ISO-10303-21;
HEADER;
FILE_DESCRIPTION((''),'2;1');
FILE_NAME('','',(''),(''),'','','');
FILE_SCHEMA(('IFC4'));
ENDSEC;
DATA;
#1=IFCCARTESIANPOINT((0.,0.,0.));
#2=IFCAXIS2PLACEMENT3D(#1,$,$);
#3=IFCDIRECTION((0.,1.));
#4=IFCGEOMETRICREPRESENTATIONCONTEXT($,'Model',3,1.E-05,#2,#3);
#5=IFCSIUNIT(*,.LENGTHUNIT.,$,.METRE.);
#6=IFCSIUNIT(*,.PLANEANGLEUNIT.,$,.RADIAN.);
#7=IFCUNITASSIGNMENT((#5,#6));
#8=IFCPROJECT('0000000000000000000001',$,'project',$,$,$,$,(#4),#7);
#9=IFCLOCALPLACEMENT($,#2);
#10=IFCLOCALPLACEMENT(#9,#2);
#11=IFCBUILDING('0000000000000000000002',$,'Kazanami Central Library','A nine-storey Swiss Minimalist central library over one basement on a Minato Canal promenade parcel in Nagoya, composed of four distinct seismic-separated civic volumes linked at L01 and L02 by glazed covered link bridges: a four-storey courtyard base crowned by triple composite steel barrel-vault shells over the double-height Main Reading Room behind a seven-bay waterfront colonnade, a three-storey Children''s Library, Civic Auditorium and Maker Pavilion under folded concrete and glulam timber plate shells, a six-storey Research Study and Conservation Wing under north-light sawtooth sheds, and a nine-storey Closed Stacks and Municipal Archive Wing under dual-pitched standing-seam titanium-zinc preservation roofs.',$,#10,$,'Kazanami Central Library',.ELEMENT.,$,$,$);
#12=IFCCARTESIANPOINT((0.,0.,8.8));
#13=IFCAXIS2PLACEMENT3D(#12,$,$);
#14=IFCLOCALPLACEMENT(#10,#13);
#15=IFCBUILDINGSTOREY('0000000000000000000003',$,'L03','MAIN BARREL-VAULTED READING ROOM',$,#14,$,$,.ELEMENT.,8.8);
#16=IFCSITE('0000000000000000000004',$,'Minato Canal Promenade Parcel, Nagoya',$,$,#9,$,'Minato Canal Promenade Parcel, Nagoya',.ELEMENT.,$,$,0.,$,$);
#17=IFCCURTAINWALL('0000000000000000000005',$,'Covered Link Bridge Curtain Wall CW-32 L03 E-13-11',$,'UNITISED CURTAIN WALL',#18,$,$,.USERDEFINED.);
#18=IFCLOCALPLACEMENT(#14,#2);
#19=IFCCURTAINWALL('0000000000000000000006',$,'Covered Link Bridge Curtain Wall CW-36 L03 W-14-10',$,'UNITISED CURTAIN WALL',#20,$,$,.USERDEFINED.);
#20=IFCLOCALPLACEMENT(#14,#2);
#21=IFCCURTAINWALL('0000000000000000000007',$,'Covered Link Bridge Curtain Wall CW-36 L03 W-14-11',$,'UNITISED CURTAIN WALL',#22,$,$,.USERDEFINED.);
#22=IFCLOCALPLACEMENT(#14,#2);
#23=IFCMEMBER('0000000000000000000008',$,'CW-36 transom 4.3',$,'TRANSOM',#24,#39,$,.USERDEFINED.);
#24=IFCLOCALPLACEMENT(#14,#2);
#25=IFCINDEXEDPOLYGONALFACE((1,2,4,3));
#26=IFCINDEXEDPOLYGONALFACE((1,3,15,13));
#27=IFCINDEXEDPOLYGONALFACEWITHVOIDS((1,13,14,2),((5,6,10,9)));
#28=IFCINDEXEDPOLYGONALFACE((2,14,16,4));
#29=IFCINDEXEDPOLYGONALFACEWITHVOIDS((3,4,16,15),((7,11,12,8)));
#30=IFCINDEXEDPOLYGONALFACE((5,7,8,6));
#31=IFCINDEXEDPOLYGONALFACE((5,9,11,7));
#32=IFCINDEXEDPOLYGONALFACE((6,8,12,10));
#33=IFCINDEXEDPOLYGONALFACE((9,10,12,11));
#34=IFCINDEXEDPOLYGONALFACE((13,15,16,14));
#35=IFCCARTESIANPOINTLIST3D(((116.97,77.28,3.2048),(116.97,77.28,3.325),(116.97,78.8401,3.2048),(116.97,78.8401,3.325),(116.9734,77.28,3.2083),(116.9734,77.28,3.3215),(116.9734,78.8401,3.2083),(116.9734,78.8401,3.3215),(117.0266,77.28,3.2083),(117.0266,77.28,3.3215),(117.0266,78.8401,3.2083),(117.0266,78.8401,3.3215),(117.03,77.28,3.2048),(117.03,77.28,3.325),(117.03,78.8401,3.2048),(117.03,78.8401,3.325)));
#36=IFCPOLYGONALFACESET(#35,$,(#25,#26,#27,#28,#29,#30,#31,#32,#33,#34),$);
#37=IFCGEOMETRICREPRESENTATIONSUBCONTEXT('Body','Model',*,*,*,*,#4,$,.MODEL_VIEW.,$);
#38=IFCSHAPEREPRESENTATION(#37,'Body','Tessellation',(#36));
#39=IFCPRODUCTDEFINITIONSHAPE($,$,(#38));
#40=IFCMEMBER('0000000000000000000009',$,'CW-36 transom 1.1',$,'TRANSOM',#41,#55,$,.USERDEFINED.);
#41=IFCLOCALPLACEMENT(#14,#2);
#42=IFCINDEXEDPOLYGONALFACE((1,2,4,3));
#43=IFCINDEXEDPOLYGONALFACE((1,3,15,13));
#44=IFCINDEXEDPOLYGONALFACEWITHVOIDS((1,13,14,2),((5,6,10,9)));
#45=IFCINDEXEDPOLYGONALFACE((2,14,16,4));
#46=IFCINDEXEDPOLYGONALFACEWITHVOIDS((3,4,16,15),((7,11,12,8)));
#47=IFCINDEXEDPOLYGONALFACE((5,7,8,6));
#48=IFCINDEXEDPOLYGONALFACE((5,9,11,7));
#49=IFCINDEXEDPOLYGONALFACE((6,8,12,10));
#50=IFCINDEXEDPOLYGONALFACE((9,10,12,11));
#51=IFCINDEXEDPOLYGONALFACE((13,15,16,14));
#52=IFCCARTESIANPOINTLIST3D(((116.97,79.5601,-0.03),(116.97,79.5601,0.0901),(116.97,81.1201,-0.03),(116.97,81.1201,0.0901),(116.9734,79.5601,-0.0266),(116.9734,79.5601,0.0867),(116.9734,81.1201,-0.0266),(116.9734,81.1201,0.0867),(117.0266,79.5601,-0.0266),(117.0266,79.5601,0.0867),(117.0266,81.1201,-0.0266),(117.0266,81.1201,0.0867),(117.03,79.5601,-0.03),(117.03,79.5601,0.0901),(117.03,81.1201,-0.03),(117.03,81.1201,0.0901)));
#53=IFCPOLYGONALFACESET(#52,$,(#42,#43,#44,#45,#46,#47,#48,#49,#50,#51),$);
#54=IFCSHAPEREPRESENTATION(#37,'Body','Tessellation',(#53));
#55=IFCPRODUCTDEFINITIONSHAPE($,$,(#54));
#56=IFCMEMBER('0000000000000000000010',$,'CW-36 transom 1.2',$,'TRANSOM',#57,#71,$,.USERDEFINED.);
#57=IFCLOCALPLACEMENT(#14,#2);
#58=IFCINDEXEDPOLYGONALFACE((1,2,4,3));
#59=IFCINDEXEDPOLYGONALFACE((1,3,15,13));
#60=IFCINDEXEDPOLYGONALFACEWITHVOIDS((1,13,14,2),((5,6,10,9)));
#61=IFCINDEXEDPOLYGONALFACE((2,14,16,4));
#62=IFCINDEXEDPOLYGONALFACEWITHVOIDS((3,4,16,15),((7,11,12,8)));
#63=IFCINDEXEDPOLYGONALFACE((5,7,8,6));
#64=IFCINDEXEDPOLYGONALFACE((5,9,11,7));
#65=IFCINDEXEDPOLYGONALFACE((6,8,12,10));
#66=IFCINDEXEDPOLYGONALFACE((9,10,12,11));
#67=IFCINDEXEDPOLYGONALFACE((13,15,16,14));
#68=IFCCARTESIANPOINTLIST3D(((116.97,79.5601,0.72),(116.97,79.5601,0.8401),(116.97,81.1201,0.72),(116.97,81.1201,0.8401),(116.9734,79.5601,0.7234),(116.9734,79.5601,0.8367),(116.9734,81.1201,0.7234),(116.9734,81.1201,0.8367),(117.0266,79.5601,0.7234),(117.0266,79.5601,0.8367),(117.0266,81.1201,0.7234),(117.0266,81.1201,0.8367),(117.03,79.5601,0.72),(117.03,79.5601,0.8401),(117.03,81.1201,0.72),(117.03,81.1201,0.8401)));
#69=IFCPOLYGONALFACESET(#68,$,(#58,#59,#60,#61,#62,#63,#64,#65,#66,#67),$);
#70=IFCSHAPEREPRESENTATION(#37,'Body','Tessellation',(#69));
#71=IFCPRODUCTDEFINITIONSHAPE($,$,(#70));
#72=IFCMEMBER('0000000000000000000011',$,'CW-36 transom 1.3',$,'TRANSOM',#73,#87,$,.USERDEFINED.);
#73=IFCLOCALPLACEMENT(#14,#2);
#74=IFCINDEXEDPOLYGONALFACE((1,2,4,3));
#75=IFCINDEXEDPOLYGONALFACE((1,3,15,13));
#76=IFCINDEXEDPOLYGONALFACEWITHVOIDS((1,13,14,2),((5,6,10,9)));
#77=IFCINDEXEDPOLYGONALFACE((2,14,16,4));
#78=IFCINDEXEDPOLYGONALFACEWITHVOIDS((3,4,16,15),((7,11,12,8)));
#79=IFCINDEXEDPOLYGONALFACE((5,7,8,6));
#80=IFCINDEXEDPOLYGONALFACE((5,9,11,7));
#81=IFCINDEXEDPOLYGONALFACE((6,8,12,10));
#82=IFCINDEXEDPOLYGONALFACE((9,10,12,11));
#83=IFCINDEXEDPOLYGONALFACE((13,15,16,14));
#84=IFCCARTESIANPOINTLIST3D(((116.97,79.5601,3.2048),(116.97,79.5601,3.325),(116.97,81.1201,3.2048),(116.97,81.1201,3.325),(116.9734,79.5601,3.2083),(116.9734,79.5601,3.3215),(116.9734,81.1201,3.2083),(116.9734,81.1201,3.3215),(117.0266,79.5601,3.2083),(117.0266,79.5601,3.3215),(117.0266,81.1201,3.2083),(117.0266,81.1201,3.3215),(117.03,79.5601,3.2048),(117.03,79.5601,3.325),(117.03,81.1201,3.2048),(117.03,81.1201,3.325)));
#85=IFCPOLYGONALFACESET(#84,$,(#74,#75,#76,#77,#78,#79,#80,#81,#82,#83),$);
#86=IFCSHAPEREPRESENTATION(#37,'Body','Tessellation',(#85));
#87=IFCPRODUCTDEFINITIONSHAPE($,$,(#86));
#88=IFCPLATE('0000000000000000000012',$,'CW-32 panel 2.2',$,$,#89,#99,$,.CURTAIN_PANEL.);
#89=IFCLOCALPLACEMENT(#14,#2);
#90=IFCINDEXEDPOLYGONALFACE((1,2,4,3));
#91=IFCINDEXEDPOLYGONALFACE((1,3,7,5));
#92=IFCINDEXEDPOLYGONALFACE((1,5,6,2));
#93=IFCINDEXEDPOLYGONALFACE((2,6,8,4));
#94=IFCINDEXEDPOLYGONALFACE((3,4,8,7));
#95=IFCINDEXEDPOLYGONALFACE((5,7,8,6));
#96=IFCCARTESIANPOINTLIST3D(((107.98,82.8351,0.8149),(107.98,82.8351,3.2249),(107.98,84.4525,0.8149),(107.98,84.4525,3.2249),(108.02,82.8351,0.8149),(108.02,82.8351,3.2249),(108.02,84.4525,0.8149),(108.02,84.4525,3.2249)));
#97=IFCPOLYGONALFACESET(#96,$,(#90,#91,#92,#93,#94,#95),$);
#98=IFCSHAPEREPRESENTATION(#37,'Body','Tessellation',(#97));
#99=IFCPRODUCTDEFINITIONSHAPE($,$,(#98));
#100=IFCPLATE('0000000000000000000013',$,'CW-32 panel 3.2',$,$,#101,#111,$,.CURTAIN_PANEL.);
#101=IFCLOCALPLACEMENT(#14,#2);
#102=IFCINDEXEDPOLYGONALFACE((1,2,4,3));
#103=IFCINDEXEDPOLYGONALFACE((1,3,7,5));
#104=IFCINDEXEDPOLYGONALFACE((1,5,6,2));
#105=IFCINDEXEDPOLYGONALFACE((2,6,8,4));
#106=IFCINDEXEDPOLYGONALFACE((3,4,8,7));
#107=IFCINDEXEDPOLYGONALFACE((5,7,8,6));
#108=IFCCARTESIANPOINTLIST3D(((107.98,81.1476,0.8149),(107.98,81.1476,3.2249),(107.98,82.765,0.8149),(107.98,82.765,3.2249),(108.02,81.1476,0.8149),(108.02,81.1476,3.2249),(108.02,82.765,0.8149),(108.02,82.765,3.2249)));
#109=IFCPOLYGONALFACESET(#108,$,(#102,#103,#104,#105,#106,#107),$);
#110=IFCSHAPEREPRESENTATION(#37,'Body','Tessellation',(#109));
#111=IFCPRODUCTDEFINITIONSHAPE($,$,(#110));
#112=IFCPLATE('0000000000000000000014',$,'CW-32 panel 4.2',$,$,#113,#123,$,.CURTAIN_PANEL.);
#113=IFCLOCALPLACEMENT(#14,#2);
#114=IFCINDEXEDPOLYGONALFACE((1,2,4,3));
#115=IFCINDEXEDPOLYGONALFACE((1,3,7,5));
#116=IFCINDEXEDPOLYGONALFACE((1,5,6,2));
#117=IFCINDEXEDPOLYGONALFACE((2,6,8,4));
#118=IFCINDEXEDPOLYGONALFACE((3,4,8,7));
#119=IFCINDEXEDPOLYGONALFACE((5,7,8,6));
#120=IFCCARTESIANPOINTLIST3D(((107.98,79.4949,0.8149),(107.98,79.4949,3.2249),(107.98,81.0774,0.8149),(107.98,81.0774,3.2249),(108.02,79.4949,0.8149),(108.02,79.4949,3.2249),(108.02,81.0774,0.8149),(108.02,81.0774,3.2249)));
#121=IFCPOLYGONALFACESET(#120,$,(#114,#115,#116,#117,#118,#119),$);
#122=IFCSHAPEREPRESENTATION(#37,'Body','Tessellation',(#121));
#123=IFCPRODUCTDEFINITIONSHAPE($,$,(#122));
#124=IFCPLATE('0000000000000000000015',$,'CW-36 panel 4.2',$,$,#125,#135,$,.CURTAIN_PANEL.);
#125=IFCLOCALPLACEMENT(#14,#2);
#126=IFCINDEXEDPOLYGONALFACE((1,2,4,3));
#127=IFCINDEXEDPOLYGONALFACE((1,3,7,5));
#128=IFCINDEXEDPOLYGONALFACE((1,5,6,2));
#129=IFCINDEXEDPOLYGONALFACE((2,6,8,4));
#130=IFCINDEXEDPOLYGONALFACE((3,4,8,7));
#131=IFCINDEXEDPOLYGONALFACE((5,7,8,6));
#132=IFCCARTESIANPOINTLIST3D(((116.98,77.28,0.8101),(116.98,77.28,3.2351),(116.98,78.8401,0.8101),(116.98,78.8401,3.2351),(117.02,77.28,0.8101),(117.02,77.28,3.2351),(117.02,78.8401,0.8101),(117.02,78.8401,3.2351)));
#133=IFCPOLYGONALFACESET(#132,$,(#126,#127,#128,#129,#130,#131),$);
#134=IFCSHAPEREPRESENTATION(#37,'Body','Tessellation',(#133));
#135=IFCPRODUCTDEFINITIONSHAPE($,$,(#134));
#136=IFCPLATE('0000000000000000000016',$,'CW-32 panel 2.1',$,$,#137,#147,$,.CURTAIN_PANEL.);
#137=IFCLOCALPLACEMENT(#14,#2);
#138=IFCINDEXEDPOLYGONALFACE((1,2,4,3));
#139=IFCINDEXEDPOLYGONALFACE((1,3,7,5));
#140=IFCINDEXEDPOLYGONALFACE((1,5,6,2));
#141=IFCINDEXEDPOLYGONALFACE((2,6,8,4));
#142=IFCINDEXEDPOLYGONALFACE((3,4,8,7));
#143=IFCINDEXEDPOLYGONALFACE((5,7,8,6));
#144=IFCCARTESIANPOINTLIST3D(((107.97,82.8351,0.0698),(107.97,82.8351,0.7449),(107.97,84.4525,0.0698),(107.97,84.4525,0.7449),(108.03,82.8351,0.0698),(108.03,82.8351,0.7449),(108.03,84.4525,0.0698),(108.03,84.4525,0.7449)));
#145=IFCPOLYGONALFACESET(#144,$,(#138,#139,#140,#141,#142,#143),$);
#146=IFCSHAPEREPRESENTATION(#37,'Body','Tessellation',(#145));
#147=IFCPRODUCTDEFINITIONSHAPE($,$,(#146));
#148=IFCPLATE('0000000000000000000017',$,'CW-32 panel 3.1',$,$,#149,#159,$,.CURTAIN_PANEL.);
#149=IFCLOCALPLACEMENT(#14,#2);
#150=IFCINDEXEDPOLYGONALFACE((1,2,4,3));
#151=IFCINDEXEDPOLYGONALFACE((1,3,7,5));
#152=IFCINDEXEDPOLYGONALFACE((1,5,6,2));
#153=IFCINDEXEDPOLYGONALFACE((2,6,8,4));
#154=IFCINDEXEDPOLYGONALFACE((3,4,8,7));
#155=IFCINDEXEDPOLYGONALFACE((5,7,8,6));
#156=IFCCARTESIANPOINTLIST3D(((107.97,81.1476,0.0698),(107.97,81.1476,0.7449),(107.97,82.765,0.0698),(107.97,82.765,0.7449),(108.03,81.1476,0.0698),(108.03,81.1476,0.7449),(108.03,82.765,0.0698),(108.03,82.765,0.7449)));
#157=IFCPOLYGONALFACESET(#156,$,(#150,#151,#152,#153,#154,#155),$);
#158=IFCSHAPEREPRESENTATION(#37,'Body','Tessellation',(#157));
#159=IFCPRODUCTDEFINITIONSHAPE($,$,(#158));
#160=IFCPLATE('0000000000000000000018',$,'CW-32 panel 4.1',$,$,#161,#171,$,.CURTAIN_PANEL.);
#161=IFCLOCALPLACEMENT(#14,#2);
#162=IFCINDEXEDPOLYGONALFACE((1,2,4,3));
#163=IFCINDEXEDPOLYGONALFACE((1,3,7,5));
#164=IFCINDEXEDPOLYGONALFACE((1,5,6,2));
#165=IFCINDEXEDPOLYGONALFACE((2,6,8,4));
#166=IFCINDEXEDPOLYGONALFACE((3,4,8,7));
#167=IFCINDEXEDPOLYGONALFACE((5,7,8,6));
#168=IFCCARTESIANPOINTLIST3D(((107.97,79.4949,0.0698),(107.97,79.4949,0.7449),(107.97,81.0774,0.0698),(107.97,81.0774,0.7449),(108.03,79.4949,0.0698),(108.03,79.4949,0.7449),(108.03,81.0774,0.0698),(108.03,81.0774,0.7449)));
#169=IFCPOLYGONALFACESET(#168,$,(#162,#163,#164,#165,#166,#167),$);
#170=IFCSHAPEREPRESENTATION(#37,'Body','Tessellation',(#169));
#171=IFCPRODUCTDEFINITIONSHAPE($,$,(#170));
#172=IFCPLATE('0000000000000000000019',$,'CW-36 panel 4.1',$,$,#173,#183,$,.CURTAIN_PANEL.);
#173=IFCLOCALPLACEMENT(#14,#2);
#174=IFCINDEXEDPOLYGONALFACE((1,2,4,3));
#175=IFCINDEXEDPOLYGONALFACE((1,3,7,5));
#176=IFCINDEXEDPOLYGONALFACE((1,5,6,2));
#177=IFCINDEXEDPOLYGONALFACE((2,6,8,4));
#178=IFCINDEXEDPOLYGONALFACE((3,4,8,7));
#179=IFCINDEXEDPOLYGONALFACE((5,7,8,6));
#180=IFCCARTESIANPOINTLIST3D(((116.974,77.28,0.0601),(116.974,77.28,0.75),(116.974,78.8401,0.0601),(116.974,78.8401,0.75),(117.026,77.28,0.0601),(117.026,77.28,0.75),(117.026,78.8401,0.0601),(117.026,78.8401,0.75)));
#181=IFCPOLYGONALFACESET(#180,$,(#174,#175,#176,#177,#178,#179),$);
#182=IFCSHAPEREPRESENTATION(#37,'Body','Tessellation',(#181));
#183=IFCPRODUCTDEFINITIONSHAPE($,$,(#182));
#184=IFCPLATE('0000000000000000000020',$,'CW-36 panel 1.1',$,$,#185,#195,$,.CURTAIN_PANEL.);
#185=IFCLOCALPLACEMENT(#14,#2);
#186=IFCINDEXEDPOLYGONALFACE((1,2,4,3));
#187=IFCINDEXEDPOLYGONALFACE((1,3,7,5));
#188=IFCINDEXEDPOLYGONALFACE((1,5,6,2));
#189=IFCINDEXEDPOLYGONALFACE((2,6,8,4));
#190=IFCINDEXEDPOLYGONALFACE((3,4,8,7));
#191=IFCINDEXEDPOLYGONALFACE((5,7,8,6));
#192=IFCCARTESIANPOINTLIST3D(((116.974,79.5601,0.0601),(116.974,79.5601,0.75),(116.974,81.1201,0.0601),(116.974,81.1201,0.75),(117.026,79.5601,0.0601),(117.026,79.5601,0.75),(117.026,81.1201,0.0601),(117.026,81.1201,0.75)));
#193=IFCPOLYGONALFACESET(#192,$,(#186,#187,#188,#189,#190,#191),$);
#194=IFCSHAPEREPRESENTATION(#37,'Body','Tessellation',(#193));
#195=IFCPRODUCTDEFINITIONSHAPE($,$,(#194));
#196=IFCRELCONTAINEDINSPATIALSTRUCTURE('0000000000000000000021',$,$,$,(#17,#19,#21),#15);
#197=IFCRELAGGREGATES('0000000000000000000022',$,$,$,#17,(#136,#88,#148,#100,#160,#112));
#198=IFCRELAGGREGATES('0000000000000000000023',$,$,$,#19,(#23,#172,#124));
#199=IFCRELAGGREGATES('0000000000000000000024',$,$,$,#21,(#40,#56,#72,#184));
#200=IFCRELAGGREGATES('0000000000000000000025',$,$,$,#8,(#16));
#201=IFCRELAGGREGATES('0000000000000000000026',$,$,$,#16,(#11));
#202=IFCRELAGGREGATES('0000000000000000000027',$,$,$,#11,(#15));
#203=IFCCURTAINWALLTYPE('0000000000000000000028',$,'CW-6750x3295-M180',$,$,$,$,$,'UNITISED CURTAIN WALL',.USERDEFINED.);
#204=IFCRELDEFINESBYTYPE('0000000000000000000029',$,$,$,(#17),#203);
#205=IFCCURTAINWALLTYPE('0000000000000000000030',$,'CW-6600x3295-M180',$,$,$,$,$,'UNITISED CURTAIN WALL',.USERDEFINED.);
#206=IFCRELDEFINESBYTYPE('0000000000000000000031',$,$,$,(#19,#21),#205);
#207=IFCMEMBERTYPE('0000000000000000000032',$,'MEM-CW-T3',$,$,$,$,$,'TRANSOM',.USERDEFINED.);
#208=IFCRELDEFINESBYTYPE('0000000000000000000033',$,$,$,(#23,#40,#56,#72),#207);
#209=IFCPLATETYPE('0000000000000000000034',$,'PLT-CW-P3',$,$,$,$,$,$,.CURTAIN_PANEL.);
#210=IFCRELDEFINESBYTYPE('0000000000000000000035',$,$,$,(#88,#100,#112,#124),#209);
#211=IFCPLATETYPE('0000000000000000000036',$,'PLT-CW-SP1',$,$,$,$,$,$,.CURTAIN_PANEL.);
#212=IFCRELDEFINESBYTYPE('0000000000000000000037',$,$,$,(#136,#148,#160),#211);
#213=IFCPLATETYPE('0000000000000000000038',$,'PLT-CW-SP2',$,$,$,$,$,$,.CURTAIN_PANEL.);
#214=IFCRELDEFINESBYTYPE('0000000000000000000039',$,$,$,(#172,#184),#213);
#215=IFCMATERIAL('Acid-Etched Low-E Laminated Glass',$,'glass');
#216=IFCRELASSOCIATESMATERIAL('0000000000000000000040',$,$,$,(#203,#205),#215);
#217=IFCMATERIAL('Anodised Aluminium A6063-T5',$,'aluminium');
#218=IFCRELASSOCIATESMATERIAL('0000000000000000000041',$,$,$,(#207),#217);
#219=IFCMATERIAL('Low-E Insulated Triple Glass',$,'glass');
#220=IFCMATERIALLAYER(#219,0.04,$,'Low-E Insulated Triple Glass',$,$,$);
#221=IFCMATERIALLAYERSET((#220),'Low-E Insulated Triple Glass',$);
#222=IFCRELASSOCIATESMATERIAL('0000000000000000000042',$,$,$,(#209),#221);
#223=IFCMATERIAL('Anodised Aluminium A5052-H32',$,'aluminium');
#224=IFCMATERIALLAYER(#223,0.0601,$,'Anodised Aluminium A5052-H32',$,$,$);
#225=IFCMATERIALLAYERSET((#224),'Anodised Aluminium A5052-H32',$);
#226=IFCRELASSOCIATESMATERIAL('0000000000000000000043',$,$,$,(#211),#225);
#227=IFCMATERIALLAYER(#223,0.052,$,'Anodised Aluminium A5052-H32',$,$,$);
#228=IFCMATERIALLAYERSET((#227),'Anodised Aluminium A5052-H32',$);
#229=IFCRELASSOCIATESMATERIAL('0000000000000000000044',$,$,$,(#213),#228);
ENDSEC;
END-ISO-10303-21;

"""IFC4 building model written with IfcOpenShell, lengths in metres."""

from ifc_helpers import new_model, si_unit, direction, frame, origin, origin_2d, place, context, subcontext, project, spatial, rectangle, hollow_rectangle, extrude, material, layer, layer_set, material_profile, profile_set, type_object, element, aggregate, save


model = new_model("IFC4")

# Units and contexts
model_context = context("Model", 3, precision=1e-05, world=origin(), true_north=direction((0.0, 1.0)))
body_context = subcontext(model_context, "Body", "Model", "MODEL_VIEW")
ifc_project = project(units=[si_unit("LENGTHUNIT", "METRE"), si_unit("PLANEANGLEUNIT", "RADIAN")], contexts=[model_context])

# Site, building, storey
site_placement = place(None, origin())
site = spatial("IfcSite", under=ifc_project, at=site_placement, Name="Minato Canal Promenade Parcel, Nagoya", LongName="Minato Canal Promenade Parcel, Nagoya", CompositionType="ELEMENT", RefElevation=0.0)
building_placement = place(site_placement, origin())
building = spatial("IfcBuilding", under=site, at=building_placement, Name="Kazanami Central Library", Description="A nine-storey Swiss Minimalist central library over one basement on a Minato Canal promenade parcel in Nagoya, composed of four distinct seismic-separated civic volumes linked at L01 and L02 by glazed covered link bridges: a four-storey courtyard base crowned by triple composite steel barrel-vault shells over the double-height Main Reading Room behind a seven-bay waterfront colonnade, a three-storey Children's Library, Civic Auditorium and Maker Pavilion under folded concrete and glulam timber plate shells, a six-storey Research Study and Conservation Wing under north-light sawtooth sheds, and a nine-storey Closed Stacks and Municipal Archive Wing under dual-pitched standing-seam titanium-zinc preservation roofs.", LongName="Kazanami Central Library", CompositionType="ELEMENT")
storey_placement = place(building_placement, frame((0.0, 0.0, 8.8)))
storey = spatial("IfcBuildingStorey", under=building, at=storey_placement, Name="L03", Description="MAIN BARREL-VAULTED READING ROOM", CompositionType="ELEMENT", Elevation=8.8)

# Curtain wall
ifc_material_1 = material(Name="Acid-Etched Low-E Laminated Glass", Category="glass")
curtain_wall_type_1 = type_object("IfcCurtainWallType", Name="CW-6750x3295-M180", ElementType="UNITISED CURTAIN WALL", PredefinedType="USERDEFINED", material=ifc_material_1)
curtain_wall_1_placement = place(storey_placement, origin())
curtain_wall_1 = element("IfcCurtainWall", 1, at=curtain_wall_1_placement, inside=storey, type_object=curtain_wall_type_1, Name="Covered Link Bridge Curtain Wall CW-32 L03 E-13-11", ObjectType="UNITISED CURTAIN WALL", PredefinedType="USERDEFINED")
ifc_material_2 = material(Name="Anodised Aluminium A6063-T5", Category="aluminium")

# Curtain wall
curtain_wall_type_2 = type_object("IfcCurtainWallType", Name="CW-6600x3295-M180", ElementType="UNITISED CURTAIN WALL", PredefinedType="USERDEFINED", material=ifc_material_1)
curtain_wall_2_placement = place(storey_placement, origin())
curtain_wall_2 = element("IfcCurtainWall", 2, at=curtain_wall_2_placement, inside=storey, type_object=curtain_wall_type_2, Name="Covered Link Bridge Curtain Wall CW-36 L03 W-14-10", ObjectType="UNITISED CURTAIN WALL", PredefinedType="USERDEFINED")

# Curtain wall
curtain_wall_3_placement = place(storey_placement, origin())
curtain_wall_3 = element("IfcCurtainWall", 3, at=curtain_wall_3_placement, inside=storey, type_object=curtain_wall_type_2, Name="Covered Link Bridge Curtain Wall CW-36 L03 W-14-11", ObjectType="UNITISED CURTAIN WALL", PredefinedType="USERDEFINED")

# Members
ifc_material_profile_1 = material_profile(ifc_material_2, hollow_rectangle(XDim=0.0601, YDim=0.1201, WallThickness=0.0034, at=origin_2d()), Name="ALU-TRAN-60x120x3.5")
ifc_profile_set_1 = profile_set([ifc_material_profile_1], Name="Anodised Aluminium A6063-T5")
member_type_1 = type_object("IfcMemberType", Name="MEM-CW-T3", ElementType="TRANSOM", PredefinedType="USERDEFINED", material=ifc_profile_set_1)
member_1_placement = place(storey_placement, frame((117.0, 77.28, 3.2649), z_axis=(0.0, 1.0, 0.0), x_axis=(-1.0, 0.0, 0.0)))
member_1 = element("IfcMember", 4, at=member_1_placement, type_object=member_type_1, Name="CW-36 transom 4.3", ObjectType="TRANSOM", PredefinedType="USERDEFINED", context=body_context, shape_type="SweptSolid", body=[
    extrude(hollow_rectangle(XDim=0.0601, YDim=0.1201, WallThickness=0.0034, at=origin_2d()), origin(), (0.0, 0.0, 1.0), 1.5601),
])
member_2_placement = place(storey_placement, frame((117.0, 79.5601, 0.03), z_axis=(0.0, 1.0, 0.0), x_axis=(-1.0, 0.0, 0.0)))
member_2 = element("IfcMember", 5, at=member_2_placement, type_object=member_type_1, Name="CW-36 transom 1.1", ObjectType="TRANSOM", PredefinedType="USERDEFINED", context=body_context, shape_type="SweptSolid", body=[
    extrude(hollow_rectangle(XDim=0.0601, YDim=0.1201, WallThickness=0.0034, at=origin_2d()), origin(), (0.0, 0.0, 1.0), 1.5601),
])
member_3_placement = place(storey_placement, frame((117.0, 79.5601, 0.78), z_axis=(0.0, 1.0, 0.0), x_axis=(-1.0, 0.0, 0.0)))
member_3 = element("IfcMember", 6, at=member_3_placement, type_object=member_type_1, Name="CW-36 transom 1.2", ObjectType="TRANSOM", PredefinedType="USERDEFINED", context=body_context, shape_type="SweptSolid", body=[
    extrude(hollow_rectangle(XDim=0.0601, YDim=0.1201, WallThickness=0.0034, at=origin_2d()), origin(), (0.0, 0.0, 1.0), 1.5601),
])
member_4_placement = place(storey_placement, frame((117.0, 79.5601, 3.2649), z_axis=(0.0, 1.0, 0.0), x_axis=(-1.0, 0.0, 0.0)))
member_4 = element("IfcMember", 7, at=member_4_placement, type_object=member_type_1, Name="CW-36 transom 1.3", ObjectType="TRANSOM", PredefinedType="USERDEFINED", context=body_context, shape_type="SweptSolid", body=[
    extrude(hollow_rectangle(XDim=0.0601, YDim=0.1201, WallThickness=0.0034, at=origin_2d()), origin(), (0.0, 0.0, 1.0), 1.5601),
])

# Plates
ifc_material_3 = material(Name="Low-E Insulated Triple Glass", Category="glass")
ifc_layer_1 = layer(ifc_material_3, 0.04, Name="Low-E Insulated Triple Glass")
ifc_layer_set_1 = layer_set([ifc_layer_1], Name="Low-E Insulated Triple Glass")
plate_type_1 = type_object("IfcPlateType", Name="PLT-CW-P3", PredefinedType="CURTAIN_PANEL", material=ifc_layer_set_1)
plate_1_placement = place(storey_placement, frame((108.0, 83.6438, 0.8149), z_axis=(0.0, 0.0, 1.0), x_axis=(0.0, -1.0, 0.0)))
plate_1 = element("IfcPlate", 8, at=plate_1_placement, type_object=plate_type_1, Name="CW-32 panel 2.2", PredefinedType="CURTAIN_PANEL", context=body_context, shape_type="SweptSolid", body=[
    extrude(rectangle(XDim=1.6174, YDim=0.04, at=origin_2d()), origin(), (0.0, 0.0, 1.0), 2.4099),
])
plate_2_placement = place(storey_placement, frame((108.0, 81.9563, 0.8149), z_axis=(0.0, 0.0, 1.0), x_axis=(0.0, -1.0, 0.0)))
plate_2 = element("IfcPlate", 9, at=plate_2_placement, type_object=plate_type_1, Name="CW-32 panel 3.2", PredefinedType="CURTAIN_PANEL", context=body_context, shape_type="SweptSolid", body=[
    extrude(rectangle(XDim=1.6174, YDim=0.04, at=origin_2d()), origin(), (0.0, 0.0, 1.0), 2.4099),
])
plate_3_placement = place(storey_placement, frame((108.0, 80.2861, 0.8149), z_axis=(0.0, 0.0, 1.0), x_axis=(0.0, -1.0, 0.0)))
plate_3 = element("IfcPlate", 10, at=plate_3_placement, type_object=plate_type_1, Name="CW-32 panel 4.2", PredefinedType="CURTAIN_PANEL", context=body_context, shape_type="SweptSolid", body=[
    extrude(rectangle(XDim=1.5825, YDim=0.04, at=origin_2d()), origin(), (0.0, 0.0, 1.0), 2.4099),
])
plate_4_placement = place(storey_placement, frame((117.0, 78.0601, 0.8101), z_axis=(0.0, 0.0, 1.0), x_axis=(0.0, 1.0, 0.0)))
plate_4 = element("IfcPlate", 11, at=plate_4_placement, type_object=plate_type_1, Name="CW-36 panel 4.2", PredefinedType="CURTAIN_PANEL", context=body_context, shape_type="SweptSolid", body=[
    extrude(rectangle(XDim=1.5601, YDim=0.04, at=origin_2d()), origin(), (0.0, 0.0, 1.0), 2.425),
])
ifc_material_4 = material(Name="Anodised Aluminium A5052-H32", Category="aluminium")
ifc_layer_2 = layer(ifc_material_4, 0.0601, Name="Anodised Aluminium A5052-H32")
ifc_layer_set_2 = layer_set([ifc_layer_2], Name="Anodised Aluminium A5052-H32")
plate_type_2 = type_object("IfcPlateType", Name="PLT-CW-SP1", PredefinedType="CURTAIN_PANEL", material=ifc_layer_set_2)
plate_5_placement = place(storey_placement, frame((108.0, 83.6438, 0.0698), z_axis=(0.0, 0.0, 1.0), x_axis=(0.0, -1.0, 0.0)))
plate_5 = element("IfcPlate", 12, at=plate_5_placement, type_object=plate_type_2, Name="CW-32 panel 2.1", PredefinedType="CURTAIN_PANEL", context=body_context, shape_type="SweptSolid", body=[
    extrude(rectangle(XDim=1.6174, YDim=0.0601, at=origin_2d()), origin(), (0.0, 0.0, 1.0), 0.675),
])
plate_6_placement = place(storey_placement, frame((108.0, 81.9563, 0.0698), z_axis=(0.0, 0.0, 1.0), x_axis=(0.0, -1.0, 0.0)))
plate_6 = element("IfcPlate", 13, at=plate_6_placement, type_object=plate_type_2, Name="CW-32 panel 3.1", PredefinedType="CURTAIN_PANEL", context=body_context, shape_type="SweptSolid", body=[
    extrude(rectangle(XDim=1.6174, YDim=0.0601, at=origin_2d()), origin(), (0.0, 0.0, 1.0), 0.675),
])
plate_7_placement = place(storey_placement, frame((108.0, 80.2861, 0.0698), z_axis=(0.0, 0.0, 1.0), x_axis=(0.0, -1.0, 0.0)))
plate_7 = element("IfcPlate", 14, at=plate_7_placement, type_object=plate_type_2, Name="CW-32 panel 4.1", PredefinedType="CURTAIN_PANEL", context=body_context, shape_type="SweptSolid", body=[
    extrude(rectangle(XDim=1.5825, YDim=0.0601, at=origin_2d()), origin(), (0.0, 0.0, 1.0), 0.675),
])
aggregate(curtain_wall_1, [plate_5, plate_1, plate_6, plate_2, plate_7, plate_3])
ifc_layer_3 = layer(ifc_material_4, 0.052, Name="Anodised Aluminium A5052-H32")
ifc_layer_set_3 = layer_set([ifc_layer_3], Name="Anodised Aluminium A5052-H32")
plate_type_3 = type_object("IfcPlateType", Name="PLT-CW-SP2", PredefinedType="CURTAIN_PANEL", material=ifc_layer_set_3)
plate_8_placement = place(storey_placement, frame((117.0, 78.0601, 0.0601), z_axis=(0.0, 0.0, 1.0), x_axis=(0.0, 1.0, 0.0)))
plate_8 = element("IfcPlate", 15, at=plate_8_placement, type_object=plate_type_3, Name="CW-36 panel 4.1", PredefinedType="CURTAIN_PANEL", context=body_context, shape_type="SweptSolid", body=[
    extrude(rectangle(XDim=1.5601, YDim=0.052, at=origin_2d()), origin(), (0.0, 0.0, 1.0), 0.6899),
])
aggregate(curtain_wall_2, [member_1, plate_8, plate_4])
plate_9_placement = place(storey_placement, frame((117.0, 80.3401, 0.0601), z_axis=(0.0, 0.0, 1.0), x_axis=(0.0, 1.0, 0.0)))
plate_9 = element("IfcPlate", 16, at=plate_9_placement, type_object=plate_type_3, Name="CW-36 panel 1.1", PredefinedType="CURTAIN_PANEL", context=body_context, shape_type="SweptSolid", body=[
    extrude(rectangle(XDim=1.5601, YDim=0.052, at=origin_2d()), origin(), (0.0, 0.0, 1.0), 0.6899),
])
aggregate(curtain_wall_3, [member_2, member_3, member_4, plate_9])

save(model, "model.ifc")
